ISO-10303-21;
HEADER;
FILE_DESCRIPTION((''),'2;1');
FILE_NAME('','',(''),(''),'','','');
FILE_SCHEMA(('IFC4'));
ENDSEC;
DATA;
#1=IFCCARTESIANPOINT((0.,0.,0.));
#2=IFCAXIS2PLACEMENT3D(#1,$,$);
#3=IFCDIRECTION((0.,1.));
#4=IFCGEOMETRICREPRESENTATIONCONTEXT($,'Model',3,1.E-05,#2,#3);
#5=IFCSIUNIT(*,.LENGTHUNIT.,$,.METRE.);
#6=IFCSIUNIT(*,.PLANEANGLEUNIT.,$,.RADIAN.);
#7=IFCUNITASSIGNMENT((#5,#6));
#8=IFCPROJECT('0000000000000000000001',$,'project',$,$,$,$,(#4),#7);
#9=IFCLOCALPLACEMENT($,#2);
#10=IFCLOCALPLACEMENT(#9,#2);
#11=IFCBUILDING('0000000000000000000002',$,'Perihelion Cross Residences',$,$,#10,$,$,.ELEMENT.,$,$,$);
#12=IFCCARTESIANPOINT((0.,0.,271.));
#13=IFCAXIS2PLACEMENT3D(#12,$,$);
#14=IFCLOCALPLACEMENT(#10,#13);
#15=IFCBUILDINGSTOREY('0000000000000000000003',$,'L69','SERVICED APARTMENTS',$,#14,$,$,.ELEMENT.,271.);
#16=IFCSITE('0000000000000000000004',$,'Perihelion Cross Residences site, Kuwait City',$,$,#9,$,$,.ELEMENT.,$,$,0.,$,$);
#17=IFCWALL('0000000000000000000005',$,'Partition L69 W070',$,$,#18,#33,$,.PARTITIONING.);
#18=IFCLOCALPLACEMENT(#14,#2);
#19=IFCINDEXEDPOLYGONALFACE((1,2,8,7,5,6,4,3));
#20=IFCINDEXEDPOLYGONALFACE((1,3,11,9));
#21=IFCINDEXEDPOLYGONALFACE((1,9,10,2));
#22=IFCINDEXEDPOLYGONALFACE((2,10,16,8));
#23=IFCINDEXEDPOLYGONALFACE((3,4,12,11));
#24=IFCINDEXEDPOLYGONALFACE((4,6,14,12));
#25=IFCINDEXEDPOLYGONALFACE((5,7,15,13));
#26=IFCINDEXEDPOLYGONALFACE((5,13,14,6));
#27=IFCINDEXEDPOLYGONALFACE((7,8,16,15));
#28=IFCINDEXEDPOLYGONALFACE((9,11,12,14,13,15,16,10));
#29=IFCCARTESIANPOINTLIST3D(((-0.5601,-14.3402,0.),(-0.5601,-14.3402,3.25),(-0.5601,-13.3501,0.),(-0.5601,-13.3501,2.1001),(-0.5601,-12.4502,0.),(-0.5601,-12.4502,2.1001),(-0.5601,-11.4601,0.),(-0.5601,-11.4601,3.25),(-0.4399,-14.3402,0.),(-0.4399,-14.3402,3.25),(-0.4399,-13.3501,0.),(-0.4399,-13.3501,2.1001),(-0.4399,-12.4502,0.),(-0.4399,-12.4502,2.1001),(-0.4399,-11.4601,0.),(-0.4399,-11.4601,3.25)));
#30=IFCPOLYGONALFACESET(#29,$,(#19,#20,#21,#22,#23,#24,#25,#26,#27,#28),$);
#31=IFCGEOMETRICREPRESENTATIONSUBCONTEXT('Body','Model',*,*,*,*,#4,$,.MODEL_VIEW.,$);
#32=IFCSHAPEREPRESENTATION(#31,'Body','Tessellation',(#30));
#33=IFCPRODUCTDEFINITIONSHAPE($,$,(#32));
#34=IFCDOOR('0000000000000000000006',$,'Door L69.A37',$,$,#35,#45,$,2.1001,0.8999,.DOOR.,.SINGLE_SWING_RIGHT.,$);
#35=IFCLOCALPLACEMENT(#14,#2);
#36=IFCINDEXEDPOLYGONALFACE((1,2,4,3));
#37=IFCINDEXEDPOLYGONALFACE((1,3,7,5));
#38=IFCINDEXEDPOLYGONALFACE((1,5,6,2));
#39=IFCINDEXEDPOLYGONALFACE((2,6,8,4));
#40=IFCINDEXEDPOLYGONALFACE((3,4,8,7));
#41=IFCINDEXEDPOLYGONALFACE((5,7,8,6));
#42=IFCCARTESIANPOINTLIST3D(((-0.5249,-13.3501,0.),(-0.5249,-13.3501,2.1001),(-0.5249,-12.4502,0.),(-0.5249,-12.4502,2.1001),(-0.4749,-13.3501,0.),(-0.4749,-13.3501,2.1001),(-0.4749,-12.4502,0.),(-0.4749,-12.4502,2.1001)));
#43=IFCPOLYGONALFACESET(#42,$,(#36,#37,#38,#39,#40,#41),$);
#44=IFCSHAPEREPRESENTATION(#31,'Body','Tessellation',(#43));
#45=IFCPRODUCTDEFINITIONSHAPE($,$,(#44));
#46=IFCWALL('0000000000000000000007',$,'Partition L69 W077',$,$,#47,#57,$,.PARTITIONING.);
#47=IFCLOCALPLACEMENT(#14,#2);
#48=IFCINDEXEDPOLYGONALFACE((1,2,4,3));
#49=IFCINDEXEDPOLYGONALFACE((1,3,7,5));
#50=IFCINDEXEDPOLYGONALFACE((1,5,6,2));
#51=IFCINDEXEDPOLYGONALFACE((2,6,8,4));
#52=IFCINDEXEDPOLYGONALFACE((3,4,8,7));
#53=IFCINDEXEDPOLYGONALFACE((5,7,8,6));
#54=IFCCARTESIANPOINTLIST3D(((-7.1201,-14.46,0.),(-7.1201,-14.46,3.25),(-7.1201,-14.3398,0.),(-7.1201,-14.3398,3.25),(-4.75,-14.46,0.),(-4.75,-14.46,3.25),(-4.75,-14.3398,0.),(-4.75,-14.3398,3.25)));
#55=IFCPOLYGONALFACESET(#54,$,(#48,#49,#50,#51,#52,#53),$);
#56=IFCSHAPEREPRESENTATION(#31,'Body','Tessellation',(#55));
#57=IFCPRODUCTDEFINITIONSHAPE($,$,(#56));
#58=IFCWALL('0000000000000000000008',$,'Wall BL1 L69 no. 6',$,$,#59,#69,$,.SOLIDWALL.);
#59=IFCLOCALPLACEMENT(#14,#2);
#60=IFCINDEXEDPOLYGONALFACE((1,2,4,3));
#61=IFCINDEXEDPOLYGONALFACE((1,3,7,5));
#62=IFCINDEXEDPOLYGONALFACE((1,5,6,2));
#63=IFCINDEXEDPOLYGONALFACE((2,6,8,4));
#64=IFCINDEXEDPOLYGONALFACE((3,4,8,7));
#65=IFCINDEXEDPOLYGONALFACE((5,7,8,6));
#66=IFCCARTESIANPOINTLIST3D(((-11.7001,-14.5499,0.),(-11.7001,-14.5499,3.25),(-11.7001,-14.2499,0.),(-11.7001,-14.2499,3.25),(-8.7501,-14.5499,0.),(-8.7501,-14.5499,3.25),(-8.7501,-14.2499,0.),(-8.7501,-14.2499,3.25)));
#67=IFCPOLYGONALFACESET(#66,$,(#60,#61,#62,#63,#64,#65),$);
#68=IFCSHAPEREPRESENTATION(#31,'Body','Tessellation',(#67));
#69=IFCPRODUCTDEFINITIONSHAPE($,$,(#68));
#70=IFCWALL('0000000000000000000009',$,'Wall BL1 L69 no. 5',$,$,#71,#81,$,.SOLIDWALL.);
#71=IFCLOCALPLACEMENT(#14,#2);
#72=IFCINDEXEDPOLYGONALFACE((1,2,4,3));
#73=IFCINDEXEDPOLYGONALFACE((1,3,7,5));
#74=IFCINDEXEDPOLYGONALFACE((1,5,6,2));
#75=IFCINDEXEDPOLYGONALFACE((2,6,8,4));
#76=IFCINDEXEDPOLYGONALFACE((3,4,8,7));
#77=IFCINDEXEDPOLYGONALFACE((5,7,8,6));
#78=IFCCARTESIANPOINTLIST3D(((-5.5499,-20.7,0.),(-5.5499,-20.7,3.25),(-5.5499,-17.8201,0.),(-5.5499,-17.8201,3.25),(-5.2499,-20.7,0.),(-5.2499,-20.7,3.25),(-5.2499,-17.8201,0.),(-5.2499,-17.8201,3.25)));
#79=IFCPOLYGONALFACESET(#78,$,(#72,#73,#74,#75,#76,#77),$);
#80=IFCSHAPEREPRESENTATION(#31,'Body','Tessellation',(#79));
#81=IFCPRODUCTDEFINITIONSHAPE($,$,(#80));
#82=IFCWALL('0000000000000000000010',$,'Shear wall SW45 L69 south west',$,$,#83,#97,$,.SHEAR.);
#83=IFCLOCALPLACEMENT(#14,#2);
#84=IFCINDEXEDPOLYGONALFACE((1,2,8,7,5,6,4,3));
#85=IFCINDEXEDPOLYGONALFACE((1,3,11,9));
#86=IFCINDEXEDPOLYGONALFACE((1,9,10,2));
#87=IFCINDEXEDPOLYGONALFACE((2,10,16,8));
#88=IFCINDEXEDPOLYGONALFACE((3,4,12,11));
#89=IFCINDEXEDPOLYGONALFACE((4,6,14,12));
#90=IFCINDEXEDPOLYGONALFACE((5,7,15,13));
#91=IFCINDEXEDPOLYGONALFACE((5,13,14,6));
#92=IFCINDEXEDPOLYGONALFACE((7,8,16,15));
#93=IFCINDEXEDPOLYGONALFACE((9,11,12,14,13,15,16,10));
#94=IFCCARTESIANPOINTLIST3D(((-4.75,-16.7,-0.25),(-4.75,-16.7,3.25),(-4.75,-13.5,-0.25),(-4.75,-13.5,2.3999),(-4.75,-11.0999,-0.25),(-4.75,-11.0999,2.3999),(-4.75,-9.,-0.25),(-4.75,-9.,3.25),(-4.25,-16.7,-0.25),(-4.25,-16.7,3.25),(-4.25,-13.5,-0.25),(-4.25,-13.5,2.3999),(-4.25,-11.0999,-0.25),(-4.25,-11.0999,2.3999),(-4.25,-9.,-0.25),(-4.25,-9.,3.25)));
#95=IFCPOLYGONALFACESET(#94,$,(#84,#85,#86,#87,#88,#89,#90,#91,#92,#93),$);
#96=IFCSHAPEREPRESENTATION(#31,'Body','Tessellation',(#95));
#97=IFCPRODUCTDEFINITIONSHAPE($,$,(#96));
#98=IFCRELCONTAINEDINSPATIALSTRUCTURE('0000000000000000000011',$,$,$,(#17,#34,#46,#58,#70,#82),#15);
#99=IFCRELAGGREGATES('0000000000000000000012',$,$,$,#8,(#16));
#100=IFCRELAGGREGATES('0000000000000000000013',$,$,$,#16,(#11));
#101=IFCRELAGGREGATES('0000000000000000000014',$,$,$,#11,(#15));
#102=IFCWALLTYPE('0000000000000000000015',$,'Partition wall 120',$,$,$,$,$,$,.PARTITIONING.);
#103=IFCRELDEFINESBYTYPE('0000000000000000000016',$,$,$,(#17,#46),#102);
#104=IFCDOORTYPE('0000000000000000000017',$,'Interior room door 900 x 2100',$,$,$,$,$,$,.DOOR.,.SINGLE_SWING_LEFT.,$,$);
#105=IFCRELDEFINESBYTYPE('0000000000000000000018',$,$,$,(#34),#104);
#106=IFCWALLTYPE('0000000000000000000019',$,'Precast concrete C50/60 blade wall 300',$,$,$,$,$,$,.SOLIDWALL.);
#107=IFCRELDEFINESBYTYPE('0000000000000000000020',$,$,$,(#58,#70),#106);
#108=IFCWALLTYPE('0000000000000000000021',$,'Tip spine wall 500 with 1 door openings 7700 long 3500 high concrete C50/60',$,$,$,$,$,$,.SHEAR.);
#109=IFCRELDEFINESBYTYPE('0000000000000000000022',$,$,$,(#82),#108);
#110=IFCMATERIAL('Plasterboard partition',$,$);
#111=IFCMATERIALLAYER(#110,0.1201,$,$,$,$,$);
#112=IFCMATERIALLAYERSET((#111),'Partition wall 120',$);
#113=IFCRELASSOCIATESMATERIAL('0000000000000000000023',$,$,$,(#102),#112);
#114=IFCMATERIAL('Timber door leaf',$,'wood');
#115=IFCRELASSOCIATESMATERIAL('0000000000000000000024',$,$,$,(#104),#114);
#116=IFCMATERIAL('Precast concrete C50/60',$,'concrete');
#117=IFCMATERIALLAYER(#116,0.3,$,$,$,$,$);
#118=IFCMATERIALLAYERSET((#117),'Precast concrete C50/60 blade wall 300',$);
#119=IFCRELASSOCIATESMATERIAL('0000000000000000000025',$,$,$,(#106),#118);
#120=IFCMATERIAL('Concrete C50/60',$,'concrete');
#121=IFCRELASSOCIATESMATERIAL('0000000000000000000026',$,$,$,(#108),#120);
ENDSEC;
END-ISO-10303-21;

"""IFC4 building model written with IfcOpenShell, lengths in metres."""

from ifc_helpers import new_model, si_unit, direction, frame, frame_2d, origin, place, context, subcontext, project, spatial, polyline, rectangle, outline, extrude, material, layer, layer_set, material_profile, profile_set, type_object, element, fill, save


model = new_model("IFC4")

# Units and contexts
model_context = context("Model", 3, precision=1e-05, world=origin(), true_north=direction((0.0, 1.0)))
body_context = subcontext(model_context, "Body", "Model", "MODEL_VIEW")
ifc_project = project(units=[si_unit("LENGTHUNIT", "METRE"), si_unit("PLANEANGLEUNIT", "RADIAN")], contexts=[model_context])

# Site, building, storey
site_placement = place(None, origin())
site = spatial("IfcSite", under=ifc_project, at=site_placement, Name="Perihelion Cross Residences site, Kuwait City", CompositionType="ELEMENT", RefElevation=0.0)
building_placement = place(site_placement, origin())
building = spatial("IfcBuilding", under=site, at=building_placement, Name="Perihelion Cross Residences", CompositionType="ELEMENT")
storey_placement = place(building_placement, frame((0.0, 0.0, 271.0)))
storey = spatial("IfcBuildingStorey", under=building, at=storey_placement, Name="L69", Description="SERVICED APARTMENTS", CompositionType="ELEMENT", Elevation=271.0)

# Wall, opening, door
ifc_material_1 = material(Name="Plasterboard partition")
ifc_layer_1 = layer(ifc_material_1, 0.1201)
ifc_layer_set_1 = layer_set([ifc_layer_1], Name="Partition wall 120")
wall_type_1 = type_object("IfcWallType", Name="Partition wall 120", PredefinedType="PARTITIONING", material=ifc_layer_set_1)
wall_1_placement = place(storey_placement, frame((-0.5, -14.3401, 0.0), z_axis=(0.0, 0.0, 1.0), x_axis=(0.0, 1.0, 0.0)))
wall_1 = element("IfcWall", 1, at=wall_1_placement, inside=storey, type_object=wall_type_1, Name="Partition L69 W070", PredefinedType="PARTITIONING", context=body_context, shape_type="SweptSolid", body=[
    extrude(rectangle(XDim=2.8801, YDim=0.1201, at=frame_2d((1.4399, 0.0))), origin(), (0.0, 0.0, 1.0), 3.25),
])
opening_1_placement = place(wall_1_placement, frame((0.99, 0.0, 0.0)))
opening_1 = element("IfcOpeningElement", 2, at=opening_1_placement, cuts=wall_1, PredefinedType="OPENING", context=body_context, shape_type="SweptSolid", body=[
    extrude(rectangle(XDim=0.8999, YDim=2.1001, at=frame_2d((0.45, 1.05))), frame((0.0, 0.0701, 0.0), z_axis=(0.0, -1.0, 0.0), x_axis=(1.0, 0.0, 0.0)), (0.0, 0.0, 1.0), 0.1401),
])
ifc_material_2 = material(Name="Timber door leaf", Category="wood")
door_type_1 = type_object("IfcDoorType", Name="Interior room door 900 x 2100", OperationType="SINGLE_SWING_LEFT", PredefinedType="DOOR", material=ifc_material_2)
door_1_placement = place(opening_1_placement, origin())
door_1 = element("IfcDoor", 3, at=door_1_placement, inside=storey, type_object=door_type_1, Name="Door L69.A37", OperationType="SINGLE_SWING_RIGHT", OverallHeight=2.1001, OverallWidth=0.8999, PredefinedType="DOOR", context=body_context, shape_type="SweptSolid", body=[
    extrude(rectangle(XDim=0.8999, YDim=2.1001, at=frame_2d((0.45, 1.05))), frame((0.0, 0.0249, 0.0), z_axis=(0.0, -1.0, 0.0), x_axis=(1.0, 0.0, 0.0)), (0.0, 0.0, 1.0), 0.05),
])
fill(opening_1, door_1)

# Walls
wall_2_placement = place(storey_placement, frame((-4.75, -14.3999, 0.0), z_axis=(0.0, 0.0, 1.0), x_axis=(-1.0, 0.0, 0.0)))
element("IfcWall", 4, at=wall_2_placement, inside=storey, type_object=wall_type_1, Name="Partition L69 W077", PredefinedType="PARTITIONING", context=body_context, shape_type="SweptSolid", body=[
    extrude(rectangle(XDim=2.3701, YDim=0.1201, at=frame_2d((1.1851, 0.0))), origin(), (0.0, 0.0, 1.0), 3.25),
])
ifc_material_3 = material(Name="Precast concrete C50/60", Category="concrete")
ifc_layer_2 = layer(ifc_material_3, 0.3)
ifc_layer_set_2 = layer_set([ifc_layer_2], Name="Precast concrete C50/60 blade wall 300")
wall_type_2 = type_object("IfcWallType", Name="Precast concrete C50/60 blade wall 300", PredefinedType="SOLIDWALL", material=ifc_layer_set_2)
wall_3_placement = place(storey_placement, frame((-8.75, -14.3999, 0.0), z_axis=(0.0, 0.0, 1.0), x_axis=(-1.0, 0.0, 0.0)))
element("IfcWall", 5, at=wall_3_placement, inside=storey, type_object=wall_type_2, Name="Wall BL1 L69 no. 6", PredefinedType="SOLIDWALL", context=body_context, shape_type="SweptSolid", body=[
    extrude(rectangle(XDim=2.95, YDim=0.3, at=frame_2d((1.4751, 0.0))), origin(), (0.0, 0.0, 1.0), 3.25),
])
wall_4_placement = place(storey_placement, frame((-5.3999, -17.8201, 0.0), z_axis=(0.0, 0.0, 1.0), x_axis=(0.0, -1.0, 0.0)))
element("IfcWall", 6, at=wall_4_placement, inside=storey, type_object=wall_type_2, Name="Wall BL1 L69 no. 5", PredefinedType="SOLIDWALL", context=body_context, shape_type="SweptSolid", body=[
    extrude(rectangle(XDim=2.8799, YDim=0.3, at=frame_2d((1.4399, 0.0))), origin(), (0.0, 0.0, 1.0), 3.25),
])
ifc_material_4 = material(Name="Concrete C50/60", Category="concrete")
ifc_material_profile_1 = material_profile(ifc_material_4, outline(polyline([(0.0, 0.0), (3.2, 0.0), (3.2, 2.6499), (5.6001, 2.6499), (5.6001, 0.0), (7.7, 0.0), (7.7, 3.5), (0.0, 3.5), (0.0, 0.0)])), Name="Tip spine wall")
ifc_profile_set_1 = profile_set([ifc_material_profile_1], Name="Concrete C50/60")
wall_type_3 = type_object("IfcWallType", Name="Tip spine wall 500 with 1 door openings 7700 long 3500 high concrete C50/60", PredefinedType="SHEAR", material=ifc_profile_set_1)
wall_5_placement = place(storey_placement, frame((-4.75, -16.7, -0.25), z_axis=(1.0, 0.0, 0.0), x_axis=(0.0, 1.0, 0.0)))
element("IfcWall", 7, at=wall_5_placement, inside=storey, type_object=wall_type_3, Name="Shear wall SW45 L69 south west", PredefinedType="SHEAR", context=body_context, shape_type="SweptSolid", body=[
    extrude(outline(polyline([(0.0, 0.0), (3.2, 0.0), (3.2, 2.6499), (5.6001, 2.6499), (5.6001, 0.0), (7.7, 0.0), (7.7, 3.5), (0.0, 3.5), (0.0, 0.0)])), origin(), (0.0, 0.0, 1.0), 0.5),
])

save(model, "model.ifc")
